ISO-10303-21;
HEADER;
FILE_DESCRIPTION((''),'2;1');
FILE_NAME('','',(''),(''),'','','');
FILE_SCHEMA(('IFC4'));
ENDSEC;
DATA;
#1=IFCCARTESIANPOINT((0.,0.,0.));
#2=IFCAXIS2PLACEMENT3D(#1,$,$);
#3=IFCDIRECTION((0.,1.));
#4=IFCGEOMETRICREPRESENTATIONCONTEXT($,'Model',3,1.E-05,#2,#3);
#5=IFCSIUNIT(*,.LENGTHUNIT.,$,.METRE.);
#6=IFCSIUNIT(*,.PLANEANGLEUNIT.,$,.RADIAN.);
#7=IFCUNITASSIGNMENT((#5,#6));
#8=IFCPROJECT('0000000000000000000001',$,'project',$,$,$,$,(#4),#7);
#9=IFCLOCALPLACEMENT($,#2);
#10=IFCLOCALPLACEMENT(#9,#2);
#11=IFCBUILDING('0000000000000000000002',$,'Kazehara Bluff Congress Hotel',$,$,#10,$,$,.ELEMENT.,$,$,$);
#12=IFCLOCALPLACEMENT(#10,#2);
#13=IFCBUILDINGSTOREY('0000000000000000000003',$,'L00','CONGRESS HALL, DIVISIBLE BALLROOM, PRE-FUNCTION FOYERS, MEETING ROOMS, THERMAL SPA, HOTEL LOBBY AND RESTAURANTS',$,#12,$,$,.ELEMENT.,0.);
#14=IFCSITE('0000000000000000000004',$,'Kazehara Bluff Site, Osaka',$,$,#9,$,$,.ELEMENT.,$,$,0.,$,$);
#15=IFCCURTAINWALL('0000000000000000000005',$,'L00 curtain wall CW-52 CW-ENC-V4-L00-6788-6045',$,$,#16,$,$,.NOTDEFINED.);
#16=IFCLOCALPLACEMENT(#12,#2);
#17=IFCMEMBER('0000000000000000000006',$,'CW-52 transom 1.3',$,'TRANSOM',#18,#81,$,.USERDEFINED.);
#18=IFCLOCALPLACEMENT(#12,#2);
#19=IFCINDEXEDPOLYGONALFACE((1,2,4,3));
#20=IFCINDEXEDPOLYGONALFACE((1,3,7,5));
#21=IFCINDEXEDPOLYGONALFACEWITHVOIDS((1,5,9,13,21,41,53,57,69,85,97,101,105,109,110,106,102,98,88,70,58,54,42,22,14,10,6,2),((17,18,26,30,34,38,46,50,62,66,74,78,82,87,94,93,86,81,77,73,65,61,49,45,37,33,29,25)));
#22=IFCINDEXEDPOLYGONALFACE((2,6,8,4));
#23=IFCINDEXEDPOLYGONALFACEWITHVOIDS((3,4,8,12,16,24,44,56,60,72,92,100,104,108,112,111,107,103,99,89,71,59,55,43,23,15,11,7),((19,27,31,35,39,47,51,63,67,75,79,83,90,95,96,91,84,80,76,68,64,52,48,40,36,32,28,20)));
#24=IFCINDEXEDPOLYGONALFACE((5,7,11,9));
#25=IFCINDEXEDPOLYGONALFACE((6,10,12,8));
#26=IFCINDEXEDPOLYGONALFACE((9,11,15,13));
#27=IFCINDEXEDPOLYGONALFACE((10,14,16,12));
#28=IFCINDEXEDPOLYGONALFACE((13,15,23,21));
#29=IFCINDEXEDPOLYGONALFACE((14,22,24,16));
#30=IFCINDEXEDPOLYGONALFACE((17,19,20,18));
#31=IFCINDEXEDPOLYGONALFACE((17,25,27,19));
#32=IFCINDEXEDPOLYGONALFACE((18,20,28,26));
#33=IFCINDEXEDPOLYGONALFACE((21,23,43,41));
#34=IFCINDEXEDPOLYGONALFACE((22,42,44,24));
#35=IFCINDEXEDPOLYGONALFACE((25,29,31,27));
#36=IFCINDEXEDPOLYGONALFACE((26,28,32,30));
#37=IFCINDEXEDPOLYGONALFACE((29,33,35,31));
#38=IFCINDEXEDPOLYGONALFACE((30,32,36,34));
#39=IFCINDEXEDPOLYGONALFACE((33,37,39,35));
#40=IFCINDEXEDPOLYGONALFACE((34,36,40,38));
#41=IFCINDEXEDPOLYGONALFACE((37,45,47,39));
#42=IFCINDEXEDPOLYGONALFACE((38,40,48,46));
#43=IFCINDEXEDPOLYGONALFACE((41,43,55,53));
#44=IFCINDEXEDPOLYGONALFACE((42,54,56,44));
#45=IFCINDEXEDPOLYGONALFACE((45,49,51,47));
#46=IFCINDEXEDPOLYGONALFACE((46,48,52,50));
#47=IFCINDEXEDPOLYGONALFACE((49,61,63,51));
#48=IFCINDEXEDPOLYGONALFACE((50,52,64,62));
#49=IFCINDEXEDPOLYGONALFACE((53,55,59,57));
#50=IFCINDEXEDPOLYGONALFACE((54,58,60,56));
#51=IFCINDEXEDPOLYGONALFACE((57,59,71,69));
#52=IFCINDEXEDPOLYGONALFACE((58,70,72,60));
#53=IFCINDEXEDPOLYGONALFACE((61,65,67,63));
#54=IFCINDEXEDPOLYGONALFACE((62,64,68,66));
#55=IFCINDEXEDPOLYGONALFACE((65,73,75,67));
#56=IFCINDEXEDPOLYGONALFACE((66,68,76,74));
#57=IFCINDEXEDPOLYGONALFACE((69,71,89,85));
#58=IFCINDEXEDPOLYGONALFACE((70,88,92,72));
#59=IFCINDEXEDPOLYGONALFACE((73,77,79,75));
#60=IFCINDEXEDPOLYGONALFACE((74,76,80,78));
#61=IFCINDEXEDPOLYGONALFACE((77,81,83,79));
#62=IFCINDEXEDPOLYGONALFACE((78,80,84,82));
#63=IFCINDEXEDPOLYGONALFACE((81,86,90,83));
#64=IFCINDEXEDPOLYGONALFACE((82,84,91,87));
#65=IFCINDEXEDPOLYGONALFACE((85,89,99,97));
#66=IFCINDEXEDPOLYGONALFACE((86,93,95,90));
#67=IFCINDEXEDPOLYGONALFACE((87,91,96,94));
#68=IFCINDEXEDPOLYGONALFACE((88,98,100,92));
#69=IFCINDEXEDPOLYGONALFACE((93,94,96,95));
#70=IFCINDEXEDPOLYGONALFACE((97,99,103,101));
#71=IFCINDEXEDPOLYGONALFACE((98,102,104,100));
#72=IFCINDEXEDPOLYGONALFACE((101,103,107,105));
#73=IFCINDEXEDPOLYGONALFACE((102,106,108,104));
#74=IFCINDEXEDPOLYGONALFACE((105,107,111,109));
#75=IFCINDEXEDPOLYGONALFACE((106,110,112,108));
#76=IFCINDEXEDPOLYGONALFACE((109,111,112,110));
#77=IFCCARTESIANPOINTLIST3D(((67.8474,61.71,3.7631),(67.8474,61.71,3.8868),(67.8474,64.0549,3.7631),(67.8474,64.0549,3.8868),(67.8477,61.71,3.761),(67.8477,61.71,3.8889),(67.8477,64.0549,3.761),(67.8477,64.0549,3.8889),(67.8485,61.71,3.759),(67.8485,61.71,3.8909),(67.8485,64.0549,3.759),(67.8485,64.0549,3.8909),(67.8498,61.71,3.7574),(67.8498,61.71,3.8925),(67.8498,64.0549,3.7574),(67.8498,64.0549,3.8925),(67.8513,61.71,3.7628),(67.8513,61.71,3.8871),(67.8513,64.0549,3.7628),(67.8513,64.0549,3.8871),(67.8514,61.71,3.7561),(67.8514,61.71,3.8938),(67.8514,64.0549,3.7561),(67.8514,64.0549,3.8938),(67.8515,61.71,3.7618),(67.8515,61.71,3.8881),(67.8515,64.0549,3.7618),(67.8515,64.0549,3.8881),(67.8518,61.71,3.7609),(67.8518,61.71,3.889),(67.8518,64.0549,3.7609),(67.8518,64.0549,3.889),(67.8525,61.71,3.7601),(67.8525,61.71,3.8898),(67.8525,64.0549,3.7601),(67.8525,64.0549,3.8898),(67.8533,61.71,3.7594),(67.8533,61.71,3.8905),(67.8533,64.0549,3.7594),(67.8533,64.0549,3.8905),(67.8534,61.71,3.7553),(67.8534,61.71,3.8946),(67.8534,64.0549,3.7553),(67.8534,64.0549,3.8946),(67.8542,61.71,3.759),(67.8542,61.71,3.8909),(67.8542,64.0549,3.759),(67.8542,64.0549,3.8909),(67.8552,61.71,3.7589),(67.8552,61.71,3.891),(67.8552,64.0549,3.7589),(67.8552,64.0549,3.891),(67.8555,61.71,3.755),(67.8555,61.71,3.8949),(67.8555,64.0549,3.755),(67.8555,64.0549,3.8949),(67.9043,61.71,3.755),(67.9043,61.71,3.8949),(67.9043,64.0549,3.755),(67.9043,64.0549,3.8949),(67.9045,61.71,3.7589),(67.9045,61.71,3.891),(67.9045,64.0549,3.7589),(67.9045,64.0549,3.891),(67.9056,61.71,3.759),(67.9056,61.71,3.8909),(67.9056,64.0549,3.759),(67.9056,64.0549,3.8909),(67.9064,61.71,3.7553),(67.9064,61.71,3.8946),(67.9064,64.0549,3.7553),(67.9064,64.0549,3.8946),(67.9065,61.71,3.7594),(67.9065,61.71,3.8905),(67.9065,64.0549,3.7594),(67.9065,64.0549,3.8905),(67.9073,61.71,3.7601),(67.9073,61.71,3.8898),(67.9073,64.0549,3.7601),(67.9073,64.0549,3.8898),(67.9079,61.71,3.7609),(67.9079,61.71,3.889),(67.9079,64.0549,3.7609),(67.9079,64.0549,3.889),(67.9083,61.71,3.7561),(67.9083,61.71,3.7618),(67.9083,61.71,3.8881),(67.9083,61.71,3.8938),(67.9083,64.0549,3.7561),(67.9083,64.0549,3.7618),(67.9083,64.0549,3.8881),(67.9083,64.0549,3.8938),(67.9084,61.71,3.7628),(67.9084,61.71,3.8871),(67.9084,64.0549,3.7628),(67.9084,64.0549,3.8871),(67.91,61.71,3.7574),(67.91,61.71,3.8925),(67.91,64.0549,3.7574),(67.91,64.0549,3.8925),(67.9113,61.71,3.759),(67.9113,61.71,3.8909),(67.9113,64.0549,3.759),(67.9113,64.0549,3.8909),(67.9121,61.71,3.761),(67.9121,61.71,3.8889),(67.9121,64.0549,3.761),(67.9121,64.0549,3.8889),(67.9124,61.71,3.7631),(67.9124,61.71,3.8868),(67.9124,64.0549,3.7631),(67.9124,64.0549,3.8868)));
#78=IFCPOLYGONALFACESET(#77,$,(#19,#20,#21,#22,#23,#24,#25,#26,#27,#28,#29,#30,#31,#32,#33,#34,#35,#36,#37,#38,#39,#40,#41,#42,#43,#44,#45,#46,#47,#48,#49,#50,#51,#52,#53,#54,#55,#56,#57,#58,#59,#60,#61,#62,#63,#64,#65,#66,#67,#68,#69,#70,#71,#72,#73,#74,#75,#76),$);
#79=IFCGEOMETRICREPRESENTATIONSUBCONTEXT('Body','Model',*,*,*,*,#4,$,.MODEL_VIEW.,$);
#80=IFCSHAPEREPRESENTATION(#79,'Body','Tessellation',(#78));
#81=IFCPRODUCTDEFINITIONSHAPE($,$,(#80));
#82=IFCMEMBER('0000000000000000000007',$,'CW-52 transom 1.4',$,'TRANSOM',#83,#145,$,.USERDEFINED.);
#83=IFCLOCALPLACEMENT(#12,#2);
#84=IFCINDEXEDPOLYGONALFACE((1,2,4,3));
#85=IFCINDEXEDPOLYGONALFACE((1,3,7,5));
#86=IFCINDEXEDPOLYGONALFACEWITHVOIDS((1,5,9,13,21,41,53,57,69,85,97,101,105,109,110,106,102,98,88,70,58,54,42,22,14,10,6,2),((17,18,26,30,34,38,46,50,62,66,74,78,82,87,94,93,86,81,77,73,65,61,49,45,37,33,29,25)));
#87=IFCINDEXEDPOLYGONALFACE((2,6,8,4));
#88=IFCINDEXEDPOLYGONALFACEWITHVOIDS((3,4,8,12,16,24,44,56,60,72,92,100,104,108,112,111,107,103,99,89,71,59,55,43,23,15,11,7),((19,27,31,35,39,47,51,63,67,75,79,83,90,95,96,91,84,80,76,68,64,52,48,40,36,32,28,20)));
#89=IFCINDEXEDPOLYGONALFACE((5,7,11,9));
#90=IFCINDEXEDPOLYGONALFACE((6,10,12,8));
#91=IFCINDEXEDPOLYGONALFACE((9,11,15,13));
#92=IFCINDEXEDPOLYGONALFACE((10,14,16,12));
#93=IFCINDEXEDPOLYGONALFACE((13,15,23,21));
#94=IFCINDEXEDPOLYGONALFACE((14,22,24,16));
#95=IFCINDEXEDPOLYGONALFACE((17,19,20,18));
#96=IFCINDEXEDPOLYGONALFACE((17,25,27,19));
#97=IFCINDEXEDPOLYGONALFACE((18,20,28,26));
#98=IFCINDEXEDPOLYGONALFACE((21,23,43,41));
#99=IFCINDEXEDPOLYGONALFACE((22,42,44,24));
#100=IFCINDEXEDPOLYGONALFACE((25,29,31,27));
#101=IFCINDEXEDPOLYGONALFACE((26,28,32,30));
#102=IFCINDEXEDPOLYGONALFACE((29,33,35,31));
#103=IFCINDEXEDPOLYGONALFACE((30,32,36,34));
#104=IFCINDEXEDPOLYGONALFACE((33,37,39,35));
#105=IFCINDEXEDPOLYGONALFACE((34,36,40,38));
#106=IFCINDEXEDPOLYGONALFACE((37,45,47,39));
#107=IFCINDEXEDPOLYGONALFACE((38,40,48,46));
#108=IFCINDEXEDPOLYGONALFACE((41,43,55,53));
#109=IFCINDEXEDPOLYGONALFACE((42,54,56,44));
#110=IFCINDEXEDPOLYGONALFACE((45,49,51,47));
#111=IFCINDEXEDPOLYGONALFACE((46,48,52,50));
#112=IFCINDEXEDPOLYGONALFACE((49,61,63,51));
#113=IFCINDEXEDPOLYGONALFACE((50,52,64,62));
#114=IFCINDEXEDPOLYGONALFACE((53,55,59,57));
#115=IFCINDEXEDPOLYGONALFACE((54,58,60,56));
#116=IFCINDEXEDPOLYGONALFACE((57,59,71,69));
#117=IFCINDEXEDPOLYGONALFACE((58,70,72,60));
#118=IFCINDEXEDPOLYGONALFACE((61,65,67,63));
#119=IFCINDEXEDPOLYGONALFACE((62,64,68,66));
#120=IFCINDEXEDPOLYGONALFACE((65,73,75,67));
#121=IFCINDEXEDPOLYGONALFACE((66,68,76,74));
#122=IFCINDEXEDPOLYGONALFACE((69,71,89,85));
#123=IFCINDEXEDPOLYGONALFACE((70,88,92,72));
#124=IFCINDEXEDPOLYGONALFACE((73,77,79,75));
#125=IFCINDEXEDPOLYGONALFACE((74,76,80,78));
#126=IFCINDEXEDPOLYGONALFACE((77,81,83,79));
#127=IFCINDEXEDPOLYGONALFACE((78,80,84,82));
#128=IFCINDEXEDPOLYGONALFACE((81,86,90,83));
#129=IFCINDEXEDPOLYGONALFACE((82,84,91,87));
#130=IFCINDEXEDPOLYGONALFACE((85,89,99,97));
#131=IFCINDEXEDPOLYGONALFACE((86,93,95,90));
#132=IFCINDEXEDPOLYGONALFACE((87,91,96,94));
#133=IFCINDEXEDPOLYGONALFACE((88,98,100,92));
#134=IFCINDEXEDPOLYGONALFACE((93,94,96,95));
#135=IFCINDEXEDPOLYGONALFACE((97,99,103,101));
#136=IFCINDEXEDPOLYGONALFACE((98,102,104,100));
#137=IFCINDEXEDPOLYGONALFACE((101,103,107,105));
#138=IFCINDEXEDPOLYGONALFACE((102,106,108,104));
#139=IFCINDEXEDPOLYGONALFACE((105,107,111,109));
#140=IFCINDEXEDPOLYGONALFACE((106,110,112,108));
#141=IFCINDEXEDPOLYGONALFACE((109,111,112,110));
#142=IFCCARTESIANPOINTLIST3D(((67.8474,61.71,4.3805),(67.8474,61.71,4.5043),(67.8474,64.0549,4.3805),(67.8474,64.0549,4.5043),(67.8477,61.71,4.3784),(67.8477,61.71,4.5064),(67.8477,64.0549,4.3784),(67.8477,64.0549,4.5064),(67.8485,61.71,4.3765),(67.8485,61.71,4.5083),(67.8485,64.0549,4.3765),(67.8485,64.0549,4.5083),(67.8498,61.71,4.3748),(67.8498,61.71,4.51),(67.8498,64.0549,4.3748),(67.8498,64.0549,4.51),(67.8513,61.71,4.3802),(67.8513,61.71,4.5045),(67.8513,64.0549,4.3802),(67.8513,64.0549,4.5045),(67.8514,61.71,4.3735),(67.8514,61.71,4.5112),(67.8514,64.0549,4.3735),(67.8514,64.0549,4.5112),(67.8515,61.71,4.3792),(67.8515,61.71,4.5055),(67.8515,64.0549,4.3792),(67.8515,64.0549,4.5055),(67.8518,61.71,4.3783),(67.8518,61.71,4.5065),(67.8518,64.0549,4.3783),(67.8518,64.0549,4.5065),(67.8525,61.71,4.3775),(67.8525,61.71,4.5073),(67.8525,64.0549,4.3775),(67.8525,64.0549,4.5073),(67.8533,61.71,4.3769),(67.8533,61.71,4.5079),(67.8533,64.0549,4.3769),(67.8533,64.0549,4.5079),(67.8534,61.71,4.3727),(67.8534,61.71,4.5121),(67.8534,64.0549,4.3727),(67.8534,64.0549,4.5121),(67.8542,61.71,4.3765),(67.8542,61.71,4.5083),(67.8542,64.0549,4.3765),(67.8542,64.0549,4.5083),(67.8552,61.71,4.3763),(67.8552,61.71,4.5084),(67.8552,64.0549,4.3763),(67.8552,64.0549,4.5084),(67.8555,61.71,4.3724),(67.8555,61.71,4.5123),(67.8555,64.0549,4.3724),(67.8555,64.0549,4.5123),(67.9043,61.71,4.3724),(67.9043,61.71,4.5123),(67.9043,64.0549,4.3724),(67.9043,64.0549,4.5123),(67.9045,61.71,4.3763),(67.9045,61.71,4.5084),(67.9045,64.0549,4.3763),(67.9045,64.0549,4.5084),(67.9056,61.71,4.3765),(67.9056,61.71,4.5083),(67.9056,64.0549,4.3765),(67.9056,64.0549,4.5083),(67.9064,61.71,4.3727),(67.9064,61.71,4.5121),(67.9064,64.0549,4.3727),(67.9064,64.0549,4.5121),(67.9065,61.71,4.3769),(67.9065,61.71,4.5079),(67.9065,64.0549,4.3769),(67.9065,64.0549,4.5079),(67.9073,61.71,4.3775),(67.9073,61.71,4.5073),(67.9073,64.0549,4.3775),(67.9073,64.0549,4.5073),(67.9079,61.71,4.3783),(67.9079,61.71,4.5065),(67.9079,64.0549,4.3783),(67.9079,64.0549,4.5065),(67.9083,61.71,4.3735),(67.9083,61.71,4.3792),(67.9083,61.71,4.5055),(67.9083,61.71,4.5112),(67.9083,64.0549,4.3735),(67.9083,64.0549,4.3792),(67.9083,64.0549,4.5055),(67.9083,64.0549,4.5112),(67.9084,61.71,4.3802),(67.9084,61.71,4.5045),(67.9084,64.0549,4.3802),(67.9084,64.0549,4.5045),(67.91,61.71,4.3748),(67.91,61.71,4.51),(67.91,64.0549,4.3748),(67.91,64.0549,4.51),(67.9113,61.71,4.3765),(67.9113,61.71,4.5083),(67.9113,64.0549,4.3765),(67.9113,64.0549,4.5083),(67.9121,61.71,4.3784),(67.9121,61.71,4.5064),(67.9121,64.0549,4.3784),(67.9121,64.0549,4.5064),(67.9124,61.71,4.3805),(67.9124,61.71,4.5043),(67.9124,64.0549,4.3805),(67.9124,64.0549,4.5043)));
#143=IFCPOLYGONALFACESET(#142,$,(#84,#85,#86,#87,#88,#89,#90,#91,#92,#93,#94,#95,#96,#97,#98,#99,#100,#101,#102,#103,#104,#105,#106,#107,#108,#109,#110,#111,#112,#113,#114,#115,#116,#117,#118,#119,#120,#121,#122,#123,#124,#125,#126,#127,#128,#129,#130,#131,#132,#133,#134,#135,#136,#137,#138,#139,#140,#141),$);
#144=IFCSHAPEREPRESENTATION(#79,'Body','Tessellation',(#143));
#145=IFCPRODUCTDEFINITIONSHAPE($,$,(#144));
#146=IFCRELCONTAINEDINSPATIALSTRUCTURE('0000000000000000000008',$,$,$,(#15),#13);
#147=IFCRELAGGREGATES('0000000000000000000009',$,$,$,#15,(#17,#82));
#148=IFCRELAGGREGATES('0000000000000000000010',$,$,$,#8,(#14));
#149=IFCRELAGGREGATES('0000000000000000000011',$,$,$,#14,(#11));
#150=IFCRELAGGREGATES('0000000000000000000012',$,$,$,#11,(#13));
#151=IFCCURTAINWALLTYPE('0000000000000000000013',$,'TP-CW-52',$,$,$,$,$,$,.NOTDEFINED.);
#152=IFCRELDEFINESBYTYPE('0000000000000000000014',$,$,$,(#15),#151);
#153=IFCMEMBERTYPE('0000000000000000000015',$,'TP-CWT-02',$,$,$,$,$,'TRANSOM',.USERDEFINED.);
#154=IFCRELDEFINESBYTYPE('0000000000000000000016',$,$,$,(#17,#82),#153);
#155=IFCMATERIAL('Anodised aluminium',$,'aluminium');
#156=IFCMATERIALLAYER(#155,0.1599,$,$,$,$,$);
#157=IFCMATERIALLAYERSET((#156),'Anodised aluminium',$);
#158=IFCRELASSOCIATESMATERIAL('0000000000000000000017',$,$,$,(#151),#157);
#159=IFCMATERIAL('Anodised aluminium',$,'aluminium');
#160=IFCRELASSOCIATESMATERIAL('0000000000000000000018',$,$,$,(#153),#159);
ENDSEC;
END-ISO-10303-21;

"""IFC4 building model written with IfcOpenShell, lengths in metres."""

from ifc_helpers import new_model, si_unit, direction, frame, origin, origin_2d, place, context, subcontext, project, spatial, hollow_rectangle, extrude, material, layer, layer_set, material_profile, profile_set, type_object, element, aggregate, save


model = new_model("IFC4")

# Units and contexts
model_context = context("Model", 3, precision=1e-05, world=origin(), true_north=direction((0.0, 1.0)))
body_context = subcontext(model_context, "Body", "Model", "MODEL_VIEW")
ifc_project = project(units=[si_unit("LENGTHUNIT", "METRE"), si_unit("PLANEANGLEUNIT", "RADIAN")], contexts=[model_context])

# Site, building, storey
site_placement = place(None, origin())
site = spatial("IfcSite", under=ifc_project, at=site_placement, Name="Kazehara Bluff Site, Osaka", CompositionType="ELEMENT", RefElevation=0.0)
building_placement = place(site_placement, origin())
building = spatial("IfcBuilding", under=site, at=building_placement, Name="Kazehara Bluff Congress Hotel", CompositionType="ELEMENT")
storey_placement = place(building_placement, origin())
storey = spatial("IfcBuildingStorey", under=building, at=storey_placement, Name="L00", Description="CONGRESS HALL, DIVISIBLE BALLROOM, PRE-FUNCTION FOYERS, MEETING ROOMS, THERMAL SPA, HOTEL LOBBY AND RESTAURANTS", CompositionType="ELEMENT", Elevation=0.0)

# Curtain wall
ifc_material_1 = material(Name="Anodised aluminium", Category="aluminium")
ifc_layer_1 = layer(ifc_material_1, 0.1599)
ifc_layer_set_1 = layer_set([ifc_layer_1], Name="Anodised aluminium")
curtain_wall_type_1 = type_object("IfcCurtainWallType", Name="TP-CW-52", PredefinedType="NOTDEFINED", material=ifc_layer_set_1)
curtain_wall_1_placement = place(storey_placement, origin())
curtain_wall_1 = element("IfcCurtainWall", 1, at=curtain_wall_1_placement, inside=storey, type_object=curtain_wall_type_1, Name="L00 curtain wall CW-52 CW-ENC-V4-L00-6788-6045", PredefinedType="NOTDEFINED")

# Members
ifc_material_2 = material(Name="Anodised aluminium", Category="aluminium")
ifc_material_profile_1 = material_profile(ifc_material_2, hollow_rectangle(XDim=0.0649, YDim=0.1399, WallThickness=0.0039, InnerFilletRadius=0.0039, OuterFilletRadius=0.0081, at=origin_2d()))
ifc_profile_set_1 = profile_set([ifc_material_profile_1], Name="Anodised aluminium")
member_type_1 = type_object("IfcMemberType", Name="TP-CWT-02", ElementType="TRANSOM", PredefinedType="USERDEFINED", material=ifc_profile_set_1)
member_1_placement = place(storey_placement, frame((67.8799, 64.0549, 3.825), z_axis=(0.0, -1.0, 0.0), x_axis=(1.0, 0.0, 0.0)))
member_1 = element("IfcMember", 2, at=member_1_placement, type_object=member_type_1, Name="CW-52 transom 1.3", ObjectType="TRANSOM", PredefinedType="USERDEFINED", context=body_context, shape_type="SweptSolid", body=[
    extrude(hollow_rectangle(XDim=0.0649, YDim=0.1399, WallThickness=0.0039, InnerFilletRadius=0.0039, OuterFilletRadius=0.0081, at=origin_2d()), origin(), (0.0, 0.0, 1.0), 2.345),
])
member_2_placement = place(storey_placement, frame((67.8799, 64.0549, 4.4424), z_axis=(0.0, -1.0, 0.0), x_axis=(1.0, 0.0, 0.0)))
member_2 = element("IfcMember", 3, at=member_2_placement, type_object=member_type_1, Name="CW-52 transom 1.4", ObjectType="TRANSOM", PredefinedType="USERDEFINED", context=body_context, shape_type="SweptSolid", body=[
    extrude(hollow_rectangle(XDim=0.0649, YDim=0.1399, WallThickness=0.0039, InnerFilletRadius=0.0039, OuterFilletRadius=0.0081, at=origin_2d()), origin(), (0.0, 0.0, 1.0), 2.345),
])

aggregate(curtain_wall_1, [member_1, member_2])

save(model, "model.ifc")
